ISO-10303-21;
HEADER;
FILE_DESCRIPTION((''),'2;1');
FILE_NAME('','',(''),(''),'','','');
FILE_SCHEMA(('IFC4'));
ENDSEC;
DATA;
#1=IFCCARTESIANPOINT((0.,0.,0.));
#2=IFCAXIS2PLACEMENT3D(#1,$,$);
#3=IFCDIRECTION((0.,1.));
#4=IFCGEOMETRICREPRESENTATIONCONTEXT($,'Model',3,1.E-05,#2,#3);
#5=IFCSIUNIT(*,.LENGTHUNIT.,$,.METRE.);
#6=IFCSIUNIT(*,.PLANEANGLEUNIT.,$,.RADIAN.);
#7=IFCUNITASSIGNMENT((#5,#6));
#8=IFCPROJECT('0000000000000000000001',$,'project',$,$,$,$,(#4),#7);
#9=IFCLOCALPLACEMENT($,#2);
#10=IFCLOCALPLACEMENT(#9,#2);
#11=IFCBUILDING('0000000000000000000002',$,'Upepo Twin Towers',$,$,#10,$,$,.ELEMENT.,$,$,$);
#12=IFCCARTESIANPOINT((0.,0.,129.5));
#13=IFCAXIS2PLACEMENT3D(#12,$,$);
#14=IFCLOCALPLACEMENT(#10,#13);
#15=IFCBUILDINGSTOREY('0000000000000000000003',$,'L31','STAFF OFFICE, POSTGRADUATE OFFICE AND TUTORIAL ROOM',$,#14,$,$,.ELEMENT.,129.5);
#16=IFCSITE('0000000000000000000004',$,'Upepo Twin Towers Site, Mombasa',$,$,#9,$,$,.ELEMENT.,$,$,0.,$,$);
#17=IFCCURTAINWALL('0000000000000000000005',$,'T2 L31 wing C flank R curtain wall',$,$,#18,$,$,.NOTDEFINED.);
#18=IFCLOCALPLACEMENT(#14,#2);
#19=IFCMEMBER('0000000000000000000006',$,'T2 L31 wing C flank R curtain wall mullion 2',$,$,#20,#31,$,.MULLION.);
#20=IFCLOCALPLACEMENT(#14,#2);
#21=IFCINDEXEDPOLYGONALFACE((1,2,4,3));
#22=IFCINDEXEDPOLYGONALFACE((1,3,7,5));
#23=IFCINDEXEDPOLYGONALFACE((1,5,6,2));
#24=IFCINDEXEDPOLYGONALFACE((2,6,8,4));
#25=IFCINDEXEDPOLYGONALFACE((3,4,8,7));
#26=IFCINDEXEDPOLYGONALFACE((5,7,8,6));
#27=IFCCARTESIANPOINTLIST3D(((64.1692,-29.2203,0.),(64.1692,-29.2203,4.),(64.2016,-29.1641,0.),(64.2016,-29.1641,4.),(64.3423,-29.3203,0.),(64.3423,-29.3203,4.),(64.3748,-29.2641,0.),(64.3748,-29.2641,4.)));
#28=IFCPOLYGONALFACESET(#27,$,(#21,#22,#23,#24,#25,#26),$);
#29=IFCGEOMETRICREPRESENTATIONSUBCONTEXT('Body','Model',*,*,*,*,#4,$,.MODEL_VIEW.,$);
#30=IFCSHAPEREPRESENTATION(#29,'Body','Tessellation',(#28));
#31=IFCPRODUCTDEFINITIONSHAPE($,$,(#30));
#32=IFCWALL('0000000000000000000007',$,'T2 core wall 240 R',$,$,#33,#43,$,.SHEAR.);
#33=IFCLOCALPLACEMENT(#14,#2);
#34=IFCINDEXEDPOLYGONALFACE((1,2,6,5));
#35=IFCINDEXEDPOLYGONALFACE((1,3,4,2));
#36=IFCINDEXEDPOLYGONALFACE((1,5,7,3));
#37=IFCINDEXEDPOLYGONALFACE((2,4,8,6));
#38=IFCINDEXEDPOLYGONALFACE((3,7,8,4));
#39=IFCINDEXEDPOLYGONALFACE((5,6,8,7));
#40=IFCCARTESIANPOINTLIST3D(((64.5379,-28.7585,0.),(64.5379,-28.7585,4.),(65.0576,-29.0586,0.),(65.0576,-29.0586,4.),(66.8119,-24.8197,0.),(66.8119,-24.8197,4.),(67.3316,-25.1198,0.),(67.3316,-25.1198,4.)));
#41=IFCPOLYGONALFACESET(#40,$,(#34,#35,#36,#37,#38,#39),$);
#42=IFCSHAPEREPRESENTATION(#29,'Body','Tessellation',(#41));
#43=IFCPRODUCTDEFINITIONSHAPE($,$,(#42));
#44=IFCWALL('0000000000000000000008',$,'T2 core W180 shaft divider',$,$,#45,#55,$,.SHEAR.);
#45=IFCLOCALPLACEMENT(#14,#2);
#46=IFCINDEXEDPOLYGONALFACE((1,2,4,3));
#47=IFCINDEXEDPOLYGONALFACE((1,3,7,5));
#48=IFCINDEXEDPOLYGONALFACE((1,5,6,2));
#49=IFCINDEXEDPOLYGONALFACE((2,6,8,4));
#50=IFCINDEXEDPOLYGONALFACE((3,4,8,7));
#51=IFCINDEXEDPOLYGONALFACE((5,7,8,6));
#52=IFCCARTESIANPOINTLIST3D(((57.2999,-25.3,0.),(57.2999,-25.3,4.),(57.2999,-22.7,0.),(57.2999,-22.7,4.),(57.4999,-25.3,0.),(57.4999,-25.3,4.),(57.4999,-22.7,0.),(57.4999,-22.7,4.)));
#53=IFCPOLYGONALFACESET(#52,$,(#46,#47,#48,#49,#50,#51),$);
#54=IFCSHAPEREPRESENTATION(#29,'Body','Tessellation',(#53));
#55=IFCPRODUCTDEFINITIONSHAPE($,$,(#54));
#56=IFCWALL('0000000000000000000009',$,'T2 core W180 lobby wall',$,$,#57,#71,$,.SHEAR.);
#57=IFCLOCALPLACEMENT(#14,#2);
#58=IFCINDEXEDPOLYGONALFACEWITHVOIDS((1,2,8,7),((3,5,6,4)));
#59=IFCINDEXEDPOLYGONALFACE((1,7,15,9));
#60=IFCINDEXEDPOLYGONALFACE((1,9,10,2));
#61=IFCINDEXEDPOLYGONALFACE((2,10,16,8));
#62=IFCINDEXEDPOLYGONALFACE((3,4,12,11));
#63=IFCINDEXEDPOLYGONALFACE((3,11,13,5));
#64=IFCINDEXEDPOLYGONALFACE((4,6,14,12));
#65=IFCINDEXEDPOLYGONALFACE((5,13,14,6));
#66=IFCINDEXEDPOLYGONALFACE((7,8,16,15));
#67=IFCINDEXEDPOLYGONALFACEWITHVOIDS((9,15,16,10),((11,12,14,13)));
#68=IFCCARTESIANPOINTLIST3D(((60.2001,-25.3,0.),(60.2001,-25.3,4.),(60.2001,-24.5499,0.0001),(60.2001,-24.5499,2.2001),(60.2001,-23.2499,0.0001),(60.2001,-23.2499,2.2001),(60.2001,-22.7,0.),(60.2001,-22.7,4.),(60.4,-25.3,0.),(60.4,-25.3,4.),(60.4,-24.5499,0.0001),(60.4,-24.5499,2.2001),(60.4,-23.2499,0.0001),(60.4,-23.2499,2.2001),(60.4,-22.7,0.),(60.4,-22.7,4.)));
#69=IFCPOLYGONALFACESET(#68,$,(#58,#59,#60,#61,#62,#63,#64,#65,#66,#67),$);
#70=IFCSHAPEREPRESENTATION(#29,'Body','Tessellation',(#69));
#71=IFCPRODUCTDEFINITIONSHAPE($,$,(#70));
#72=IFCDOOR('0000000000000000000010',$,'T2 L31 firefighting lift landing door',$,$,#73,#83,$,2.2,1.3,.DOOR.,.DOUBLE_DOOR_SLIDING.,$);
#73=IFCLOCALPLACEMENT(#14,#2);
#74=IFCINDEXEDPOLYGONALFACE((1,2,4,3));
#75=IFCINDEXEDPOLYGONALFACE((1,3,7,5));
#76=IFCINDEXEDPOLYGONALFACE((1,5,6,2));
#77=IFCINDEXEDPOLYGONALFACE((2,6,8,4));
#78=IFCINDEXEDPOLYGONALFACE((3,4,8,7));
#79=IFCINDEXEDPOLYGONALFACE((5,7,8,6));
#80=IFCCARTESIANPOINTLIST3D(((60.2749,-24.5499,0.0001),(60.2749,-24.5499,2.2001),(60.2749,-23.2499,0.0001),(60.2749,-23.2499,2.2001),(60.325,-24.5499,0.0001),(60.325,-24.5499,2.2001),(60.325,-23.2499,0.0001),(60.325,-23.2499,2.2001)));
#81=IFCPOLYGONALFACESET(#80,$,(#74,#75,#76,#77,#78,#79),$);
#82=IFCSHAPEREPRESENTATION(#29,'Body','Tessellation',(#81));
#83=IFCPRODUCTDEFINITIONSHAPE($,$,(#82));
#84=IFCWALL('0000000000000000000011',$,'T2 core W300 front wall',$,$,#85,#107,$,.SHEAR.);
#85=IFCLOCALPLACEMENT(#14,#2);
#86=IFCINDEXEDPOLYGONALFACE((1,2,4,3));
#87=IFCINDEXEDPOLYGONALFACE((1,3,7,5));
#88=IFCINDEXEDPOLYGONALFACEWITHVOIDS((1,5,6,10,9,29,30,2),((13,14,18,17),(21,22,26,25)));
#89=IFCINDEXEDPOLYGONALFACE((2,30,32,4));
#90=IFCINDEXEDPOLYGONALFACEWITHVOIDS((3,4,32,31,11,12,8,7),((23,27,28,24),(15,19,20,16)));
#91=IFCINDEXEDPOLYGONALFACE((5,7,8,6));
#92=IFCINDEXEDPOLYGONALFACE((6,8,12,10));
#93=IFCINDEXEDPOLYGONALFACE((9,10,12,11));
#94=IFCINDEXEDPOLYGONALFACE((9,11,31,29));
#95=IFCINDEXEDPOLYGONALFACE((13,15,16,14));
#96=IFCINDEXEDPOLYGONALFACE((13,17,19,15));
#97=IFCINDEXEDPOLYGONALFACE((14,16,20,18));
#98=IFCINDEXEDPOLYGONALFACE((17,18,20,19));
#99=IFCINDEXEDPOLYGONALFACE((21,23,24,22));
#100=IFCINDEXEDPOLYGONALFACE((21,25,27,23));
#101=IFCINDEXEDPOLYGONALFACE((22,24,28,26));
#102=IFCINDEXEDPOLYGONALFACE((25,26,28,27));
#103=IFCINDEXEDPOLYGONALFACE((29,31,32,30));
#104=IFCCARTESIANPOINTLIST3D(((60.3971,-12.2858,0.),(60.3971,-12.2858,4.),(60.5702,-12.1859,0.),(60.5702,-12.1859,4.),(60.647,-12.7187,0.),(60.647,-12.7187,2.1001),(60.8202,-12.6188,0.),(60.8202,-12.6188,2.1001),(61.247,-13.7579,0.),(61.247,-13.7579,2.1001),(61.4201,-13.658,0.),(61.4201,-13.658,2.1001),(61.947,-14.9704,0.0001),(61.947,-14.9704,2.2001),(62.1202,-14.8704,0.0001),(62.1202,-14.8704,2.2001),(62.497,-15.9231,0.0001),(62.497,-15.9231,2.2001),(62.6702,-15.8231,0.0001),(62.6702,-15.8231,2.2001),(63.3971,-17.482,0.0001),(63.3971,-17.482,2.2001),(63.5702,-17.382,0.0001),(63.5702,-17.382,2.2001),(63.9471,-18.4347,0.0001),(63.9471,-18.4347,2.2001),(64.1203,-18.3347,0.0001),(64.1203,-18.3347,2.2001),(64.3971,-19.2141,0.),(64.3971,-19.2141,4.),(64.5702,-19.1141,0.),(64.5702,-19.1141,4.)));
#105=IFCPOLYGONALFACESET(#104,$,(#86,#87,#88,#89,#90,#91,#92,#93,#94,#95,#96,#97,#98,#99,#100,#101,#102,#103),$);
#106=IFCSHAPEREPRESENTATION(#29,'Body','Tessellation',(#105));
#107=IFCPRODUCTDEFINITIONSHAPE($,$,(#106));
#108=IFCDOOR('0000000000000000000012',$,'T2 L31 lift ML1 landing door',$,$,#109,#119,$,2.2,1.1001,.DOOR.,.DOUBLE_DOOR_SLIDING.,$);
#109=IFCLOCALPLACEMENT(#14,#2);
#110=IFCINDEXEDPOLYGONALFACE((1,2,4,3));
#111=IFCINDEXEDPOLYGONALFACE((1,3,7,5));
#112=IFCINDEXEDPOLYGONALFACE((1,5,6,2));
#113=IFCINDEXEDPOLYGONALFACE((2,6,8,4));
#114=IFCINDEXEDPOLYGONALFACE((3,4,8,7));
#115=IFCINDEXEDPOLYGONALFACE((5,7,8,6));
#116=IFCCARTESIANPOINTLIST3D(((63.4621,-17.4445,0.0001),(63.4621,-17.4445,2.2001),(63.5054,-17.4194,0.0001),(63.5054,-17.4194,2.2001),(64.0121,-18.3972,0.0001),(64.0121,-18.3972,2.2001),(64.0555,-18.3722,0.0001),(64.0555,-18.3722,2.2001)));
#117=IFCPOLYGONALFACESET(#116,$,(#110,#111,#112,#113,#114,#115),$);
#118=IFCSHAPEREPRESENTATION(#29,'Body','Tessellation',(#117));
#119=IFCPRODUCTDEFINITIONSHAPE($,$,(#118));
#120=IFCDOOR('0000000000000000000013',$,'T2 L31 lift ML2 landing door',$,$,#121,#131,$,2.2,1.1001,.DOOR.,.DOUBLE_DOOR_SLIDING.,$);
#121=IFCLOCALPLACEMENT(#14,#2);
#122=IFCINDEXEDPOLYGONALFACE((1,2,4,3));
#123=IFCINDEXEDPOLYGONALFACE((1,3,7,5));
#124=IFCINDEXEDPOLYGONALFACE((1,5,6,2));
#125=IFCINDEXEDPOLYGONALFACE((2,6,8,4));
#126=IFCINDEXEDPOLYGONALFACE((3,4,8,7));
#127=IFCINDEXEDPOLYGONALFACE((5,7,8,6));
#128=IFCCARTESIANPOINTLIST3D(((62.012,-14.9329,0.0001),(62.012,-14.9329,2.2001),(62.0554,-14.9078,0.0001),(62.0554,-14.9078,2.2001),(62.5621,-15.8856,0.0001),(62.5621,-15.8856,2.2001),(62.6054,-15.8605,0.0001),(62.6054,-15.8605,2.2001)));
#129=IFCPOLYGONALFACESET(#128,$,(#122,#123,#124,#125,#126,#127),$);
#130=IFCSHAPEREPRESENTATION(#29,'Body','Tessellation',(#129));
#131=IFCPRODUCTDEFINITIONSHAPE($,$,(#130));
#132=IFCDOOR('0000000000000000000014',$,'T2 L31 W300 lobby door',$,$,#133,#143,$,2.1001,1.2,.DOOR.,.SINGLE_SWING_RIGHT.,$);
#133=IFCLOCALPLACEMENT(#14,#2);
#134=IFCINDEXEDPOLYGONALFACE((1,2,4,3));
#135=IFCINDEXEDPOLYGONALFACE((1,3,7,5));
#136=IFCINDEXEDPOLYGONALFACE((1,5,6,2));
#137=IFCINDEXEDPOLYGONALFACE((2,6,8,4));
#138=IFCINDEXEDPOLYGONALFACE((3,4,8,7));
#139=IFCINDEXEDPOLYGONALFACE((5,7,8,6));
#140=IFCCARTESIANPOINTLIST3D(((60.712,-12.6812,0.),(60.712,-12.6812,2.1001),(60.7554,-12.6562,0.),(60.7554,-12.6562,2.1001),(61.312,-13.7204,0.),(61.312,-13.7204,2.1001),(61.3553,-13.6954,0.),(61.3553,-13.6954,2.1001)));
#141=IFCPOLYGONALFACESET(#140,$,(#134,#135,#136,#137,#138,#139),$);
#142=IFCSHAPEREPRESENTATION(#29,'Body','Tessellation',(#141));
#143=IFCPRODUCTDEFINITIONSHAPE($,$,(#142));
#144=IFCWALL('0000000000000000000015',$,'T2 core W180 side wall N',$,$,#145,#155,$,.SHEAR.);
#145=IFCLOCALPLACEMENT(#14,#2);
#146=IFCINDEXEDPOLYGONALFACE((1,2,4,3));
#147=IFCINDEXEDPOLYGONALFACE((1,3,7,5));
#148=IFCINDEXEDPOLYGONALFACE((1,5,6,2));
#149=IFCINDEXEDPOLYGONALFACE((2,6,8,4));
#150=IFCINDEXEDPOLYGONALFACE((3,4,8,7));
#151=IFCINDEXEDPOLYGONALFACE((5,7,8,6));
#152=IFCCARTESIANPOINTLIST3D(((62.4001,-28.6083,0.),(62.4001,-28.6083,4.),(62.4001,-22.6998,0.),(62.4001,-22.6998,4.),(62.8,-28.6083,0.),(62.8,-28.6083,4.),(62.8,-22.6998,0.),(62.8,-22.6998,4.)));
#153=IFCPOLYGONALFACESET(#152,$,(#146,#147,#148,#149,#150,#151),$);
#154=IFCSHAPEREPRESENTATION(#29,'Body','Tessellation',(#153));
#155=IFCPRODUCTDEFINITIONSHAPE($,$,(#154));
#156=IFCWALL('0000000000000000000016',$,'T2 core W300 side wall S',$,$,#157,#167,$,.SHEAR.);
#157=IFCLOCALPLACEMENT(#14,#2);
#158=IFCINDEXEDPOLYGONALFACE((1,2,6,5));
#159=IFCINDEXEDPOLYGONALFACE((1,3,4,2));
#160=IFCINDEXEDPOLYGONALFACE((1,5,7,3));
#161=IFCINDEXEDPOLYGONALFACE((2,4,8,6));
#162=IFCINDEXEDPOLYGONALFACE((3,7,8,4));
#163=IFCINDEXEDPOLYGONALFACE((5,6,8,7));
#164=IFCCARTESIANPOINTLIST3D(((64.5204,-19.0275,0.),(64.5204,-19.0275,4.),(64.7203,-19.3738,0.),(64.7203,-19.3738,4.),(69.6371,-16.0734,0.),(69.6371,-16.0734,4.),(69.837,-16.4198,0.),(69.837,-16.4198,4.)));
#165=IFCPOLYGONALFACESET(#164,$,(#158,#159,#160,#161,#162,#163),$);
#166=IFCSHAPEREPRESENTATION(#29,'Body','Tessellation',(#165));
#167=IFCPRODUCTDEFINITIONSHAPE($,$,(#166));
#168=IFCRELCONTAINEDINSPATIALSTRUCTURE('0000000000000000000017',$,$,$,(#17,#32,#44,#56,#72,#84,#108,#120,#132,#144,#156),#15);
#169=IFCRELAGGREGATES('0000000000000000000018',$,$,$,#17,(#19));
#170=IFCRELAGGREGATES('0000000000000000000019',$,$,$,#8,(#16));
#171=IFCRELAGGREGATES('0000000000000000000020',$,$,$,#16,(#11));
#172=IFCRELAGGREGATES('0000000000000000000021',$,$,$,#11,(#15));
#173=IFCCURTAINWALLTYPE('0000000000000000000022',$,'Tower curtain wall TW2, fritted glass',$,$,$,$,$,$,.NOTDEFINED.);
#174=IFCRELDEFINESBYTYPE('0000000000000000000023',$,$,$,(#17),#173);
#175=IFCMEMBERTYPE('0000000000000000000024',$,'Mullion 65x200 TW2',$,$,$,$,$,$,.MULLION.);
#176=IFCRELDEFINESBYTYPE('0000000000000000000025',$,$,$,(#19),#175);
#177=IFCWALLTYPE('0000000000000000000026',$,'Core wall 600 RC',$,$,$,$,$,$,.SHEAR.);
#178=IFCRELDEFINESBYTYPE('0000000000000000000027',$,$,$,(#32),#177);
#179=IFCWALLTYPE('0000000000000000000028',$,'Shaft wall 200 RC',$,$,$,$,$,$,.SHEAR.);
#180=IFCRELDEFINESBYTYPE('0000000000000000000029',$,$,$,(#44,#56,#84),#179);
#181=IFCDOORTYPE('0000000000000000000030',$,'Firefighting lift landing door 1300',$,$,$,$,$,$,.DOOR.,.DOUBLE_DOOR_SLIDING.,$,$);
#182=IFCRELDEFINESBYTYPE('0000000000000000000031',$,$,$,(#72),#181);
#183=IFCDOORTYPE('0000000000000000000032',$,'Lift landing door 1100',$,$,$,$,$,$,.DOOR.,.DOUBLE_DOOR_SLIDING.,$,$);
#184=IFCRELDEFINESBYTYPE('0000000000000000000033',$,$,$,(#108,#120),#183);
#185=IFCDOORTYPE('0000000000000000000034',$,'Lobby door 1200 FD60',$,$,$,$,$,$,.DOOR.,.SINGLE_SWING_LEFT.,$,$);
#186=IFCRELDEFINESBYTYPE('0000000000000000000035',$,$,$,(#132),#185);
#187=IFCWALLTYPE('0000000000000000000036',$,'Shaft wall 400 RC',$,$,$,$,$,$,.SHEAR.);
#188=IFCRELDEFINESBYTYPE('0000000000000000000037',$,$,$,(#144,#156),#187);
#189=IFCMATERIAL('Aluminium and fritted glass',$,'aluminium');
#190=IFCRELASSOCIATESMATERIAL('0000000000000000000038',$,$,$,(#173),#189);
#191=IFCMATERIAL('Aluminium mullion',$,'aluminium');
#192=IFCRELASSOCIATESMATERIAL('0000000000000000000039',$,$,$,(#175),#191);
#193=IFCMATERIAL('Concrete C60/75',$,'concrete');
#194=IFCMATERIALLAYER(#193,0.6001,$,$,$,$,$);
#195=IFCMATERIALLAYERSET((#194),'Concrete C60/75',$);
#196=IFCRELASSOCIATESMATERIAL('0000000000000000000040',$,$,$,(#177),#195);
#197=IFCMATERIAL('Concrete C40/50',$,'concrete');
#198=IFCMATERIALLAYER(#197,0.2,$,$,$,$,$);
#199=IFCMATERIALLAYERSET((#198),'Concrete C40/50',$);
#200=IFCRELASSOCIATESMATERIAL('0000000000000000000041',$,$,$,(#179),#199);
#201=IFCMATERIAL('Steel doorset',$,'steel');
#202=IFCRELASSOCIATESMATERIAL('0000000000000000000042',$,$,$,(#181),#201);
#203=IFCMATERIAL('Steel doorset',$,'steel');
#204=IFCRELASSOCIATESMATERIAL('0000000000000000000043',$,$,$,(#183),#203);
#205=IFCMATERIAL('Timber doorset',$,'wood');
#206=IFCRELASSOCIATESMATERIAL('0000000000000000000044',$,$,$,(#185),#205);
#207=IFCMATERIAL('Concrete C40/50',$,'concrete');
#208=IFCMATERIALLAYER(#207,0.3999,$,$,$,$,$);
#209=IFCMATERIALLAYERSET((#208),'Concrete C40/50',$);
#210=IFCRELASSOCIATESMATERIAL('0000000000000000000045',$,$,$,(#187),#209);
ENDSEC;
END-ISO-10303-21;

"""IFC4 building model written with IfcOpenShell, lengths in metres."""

from ifc_helpers import new_model, si_unit, direction, frame, frame_2d, origin, origin_2d, place, context, subcontext, project, spatial, rectangle, extrude, material, layer, layer_set, material_profile, profile_set, type_object, element, fill, aggregate, save


model = new_model("IFC4")

# Units and contexts
model_context = context("Model", 3, precision=1e-05, world=origin(), true_north=direction((0.0, 1.0)))
body_context = subcontext(model_context, "Body", "Model", "MODEL_VIEW")
ifc_project = project(units=[si_unit("LENGTHUNIT", "METRE"), si_unit("PLANEANGLEUNIT", "RADIAN")], contexts=[model_context])

# Site, building, storey
site_placement = place(None, origin())
site = spatial("IfcSite", under=ifc_project, at=site_placement, Name="Upepo Twin Towers Site, Mombasa", CompositionType="ELEMENT", RefElevation=0.0)
building_placement = place(site_placement, origin())
building = spatial("IfcBuilding", under=site, at=building_placement, Name="Upepo Twin Towers", CompositionType="ELEMENT")
storey_placement = place(building_placement, frame((0.0, 0.0, 129.5)))
storey = spatial("IfcBuildingStorey", under=building, at=storey_placement, Name="L31", Description="STAFF OFFICE, POSTGRADUATE OFFICE AND TUTORIAL ROOM", CompositionType="ELEMENT", Elevation=129.5)

# Curtain wall, member
ifc_material_1 = material(Name="Aluminium and fritted glass", Category="aluminium")
curtain_wall_type = type_object("IfcCurtainWallType", Name="Tower curtain wall TW2, fritted glass", PredefinedType="NOTDEFINED", material=ifc_material_1)
curtain_wall_placement = place(storey_placement, origin())
curtain_wall = element("IfcCurtainWall", 1, at=curtain_wall_placement, inside=storey, type_object=curtain_wall_type, Name="T2 L31 wing C flank R curtain wall", PredefinedType="NOTDEFINED")
ifc_material_2 = material(Name="Aluminium mullion", Category="aluminium")
ifc_material_profile = material_profile(ifc_material_2, rectangle(XDim=0.0649, YDim=0.2, at=origin_2d()), Name="MULLION 65x200")
ifc_profile_set = profile_set([ifc_material_profile], Name="Aluminium mullion")
member_type = type_object("IfcMemberType", Name="Mullion 65x200 TW2", PredefinedType="MULLION", material=ifc_profile_set)
member_placement = place(storey_placement, frame((64.272, -29.2422, 0.0), z_axis=(0.0, 0.0, 1.0), x_axis=(-0.5, -0.866025, 0.0)))
member = element("IfcMember", 2, at=member_placement, type_object=member_type, Name="T2 L31 wing C flank R curtain wall mullion 2", PredefinedType="MULLION", context=body_context, shape_type="SweptSolid", body=[
    extrude(rectangle(XDim=0.0649, YDim=0.2, at=origin_2d()), origin(), (0.0, 0.0, 1.0), 4.0),
])
aggregate(curtain_wall, [member])

# Walls
ifc_material_3 = material(Name="Concrete C60/75", Category="concrete")
ifc_layer_1 = layer(ifc_material_3, 0.6001)
ifc_layer_set_1 = layer_set([ifc_layer_1], Name="Concrete C60/75")
wall_type_1 = type_object("IfcWallType", Name="Core wall 600 RC", PredefinedType="SHEAR", material=ifc_layer_set_1)
wall_1_placement = place(storey_placement, frame((64.7979, -28.9084, 0.0), z_axis=(0.0, 0.0, 1.0), x_axis=(0.499984, 0.866035, 0.0)))
element("IfcWall", 3, at=wall_1_placement, inside=storey, type_object=wall_type_1, Name="T2 core wall 240 R", PredefinedType="SHEAR", context=body_context, shape_type="SweptSolid", body=[
    extrude(rectangle(XDim=4.5481, YDim=0.6001, at=frame_2d((2.2739, 0.0))), origin(), (0.0, 0.0, 1.0), 4.0),
])
ifc_material_4 = material(Name="Concrete C40/50", Category="concrete")
ifc_layer_2 = layer(ifc_material_4, 0.2)
ifc_layer_set_2 = layer_set([ifc_layer_2], Name="Concrete C40/50")
wall_type_2 = type_object("IfcWallType", Name="Shaft wall 200 RC", PredefinedType="SHEAR", material=ifc_layer_set_2)
wall_2_placement = place(storey_placement, frame((57.3999, -22.7, 0.0), z_axis=(0.0, 0.0, 1.0), x_axis=(0.0, -1.0, 0.0)))
element("IfcWall", 4, at=wall_2_placement, inside=storey, type_object=wall_type_2, Name="T2 core W180 shaft divider", PredefinedType="SHEAR", context=body_context, shape_type="SweptSolid", body=[
    extrude(rectangle(XDim=2.6001, YDim=0.2, at=frame_2d((1.3, 0.0))), origin(), (0.0, 0.0, 1.0), 4.0),
])

# Wall, opening, door
wall_3_placement = place(storey_placement, frame((60.3, -22.7, 0.0), z_axis=(0.0, 0.0, 1.0), x_axis=(0.0, -1.0, 0.0)))
wall_3 = element("IfcWall", 5, at=wall_3_placement, inside=storey, type_object=wall_type_2, Name="T2 core W180 lobby wall", PredefinedType="SHEAR", context=body_context, shape_type="SweptSolid", body=[
    extrude(rectangle(XDim=2.6001, YDim=0.2, at=frame_2d((1.3, 0.0))), origin(), (0.0, 0.0, 1.0), 4.0),
])
opening_1_placement = place(wall_3_placement, frame((0.55, 0.0, 0.0)))
opening_1 = element("IfcOpeningElement", 6, at=opening_1_placement, cuts=wall_3, PredefinedType="OPENING", context=body_context, shape_type="SweptSolid", body=[
    extrude(rectangle(XDim=1.3, YDim=2.2, at=frame_2d((0.6499, 1.1001))), frame((0.0, 0.1099, 0.0), z_axis=(0.0, -1.0, 0.0), x_axis=(1.0, 0.0, 0.0)), (0.0, 0.0, 1.0), 0.22),
])
ifc_material_5 = material(Name="Steel doorset", Category="steel")
door_type_1 = type_object("IfcDoorType", Name="Firefighting lift landing door 1300", OperationType="DOUBLE_DOOR_SLIDING", PredefinedType="DOOR", material=ifc_material_5)
door_1_placement = place(opening_1_placement, origin())
door_1 = element("IfcDoor", 7, at=door_1_placement, inside=storey, type_object=door_type_1, Name="T2 L31 firefighting lift landing door", OperationType="DOUBLE_DOOR_SLIDING", OverallHeight=2.2, OverallWidth=1.3, PredefinedType="DOOR", context=body_context, shape_type="SweptSolid", body=[
    extrude(rectangle(XDim=1.3, YDim=2.2, at=frame_2d((0.6499, 1.1001))), frame((0.0, 0.0249, 0.0), z_axis=(0.0, -1.0, 0.0), x_axis=(1.0, 0.0, 0.0)), (0.0, 0.0, 1.0), 0.05),
])
fill(opening_1, door_1)

# Wall, openings, doors
wall_4_placement = place(storey_placement, frame((64.4836, -19.1641, 0.0), z_axis=(0.0, 0.0, 1.0), x_axis=(-0.499999, 0.866026, 0.0)))
wall_4 = element("IfcWall", 8, at=wall_4_placement, inside=storey, type_object=wall_type_2, Name="T2 core W300 front wall", PredefinedType="SHEAR", context=body_context, shape_type="SweptSolid", body=[
    extrude(rectangle(XDim=8.0, YDim=0.2, at=frame_2d((4.0, 0.0))), origin(), (0.0, 0.0, 1.0), 4.0),
])
opening_2_placement = place(wall_4_placement, frame((6.3, 0.0, 0.0)))
opening_2 = element("IfcOpeningElement", 9, at=opening_2_placement, cuts=wall_4, PredefinedType="OPENING", context=body_context, shape_type="SweptSolid", body=[
    extrude(rectangle(XDim=1.2, YDim=2.1001, at=frame_2d((0.6001, 1.05))), frame((0.0, 0.1099, 0.0), z_axis=(0.0, -1.0, 0.0), x_axis=(1.0, 0.0, 0.0)), (0.0, 0.0, 1.0), 0.22),
])
opening_3_placement = place(wall_4_placement, frame((0.8999, 0.0, 0.0)))
opening_3 = element("IfcOpeningElement", 10, at=opening_3_placement, cuts=wall_4, PredefinedType="OPENING", context=body_context, shape_type="SweptSolid", body=[
    extrude(rectangle(XDim=1.1001, YDim=2.2, at=frame_2d((0.55, 1.1001))), frame((0.0, 0.1099, 0.0), z_axis=(0.0, -1.0, 0.0), x_axis=(1.0, 0.0, 0.0)), (0.0, 0.0, 1.0), 0.22),
])
opening_4_placement = place(wall_4_placement, frame((3.8, 0.0, 0.0)))
opening_4 = element("IfcOpeningElement", 11, at=opening_4_placement, cuts=wall_4, PredefinedType="OPENING", context=body_context, shape_type="SweptSolid", body=[
    extrude(rectangle(XDim=1.1001, YDim=2.2, at=frame_2d((0.55, 1.1001))), frame((0.0, 0.1099, 0.0), z_axis=(0.0, -1.0, 0.0), x_axis=(1.0, 0.0, 0.0)), (0.0, 0.0, 1.0), 0.22),
])
ifc_material_6 = material(Name="Steel doorset", Category="steel")
door_type_2 = type_object("IfcDoorType", Name="Lift landing door 1100", OperationType="DOUBLE_DOOR_SLIDING", PredefinedType="DOOR", material=ifc_material_6)
door_2_placement = place(opening_3_placement, origin())
door_2 = element("IfcDoor", 12, at=door_2_placement, inside=storey, type_object=door_type_2, Name="T2 L31 lift ML1 landing door", OperationType="DOUBLE_DOOR_SLIDING", OverallHeight=2.2, OverallWidth=1.1001, PredefinedType="DOOR", context=body_context, shape_type="SweptSolid", body=[
    extrude(rectangle(XDim=1.1001, YDim=2.2, at=frame_2d((0.55, 1.1001))), frame((0.0, 0.0249, 0.0), z_axis=(0.0, -1.0, 0.0), x_axis=(1.0, 0.0, 0.0)), (0.0, 0.0, 1.0), 0.05),
])
fill(opening_3, door_2)
door_3_placement = place(opening_4_placement, origin())
door_3 = element("IfcDoor", 13, at=door_3_placement, inside=storey, type_object=door_type_2, Name="T2 L31 lift ML2 landing door", OperationType="DOUBLE_DOOR_SLIDING", OverallHeight=2.2, OverallWidth=1.1001, PredefinedType="DOOR", context=body_context, shape_type="SweptSolid", body=[
    extrude(rectangle(XDim=1.1001, YDim=2.2, at=frame_2d((0.55, 1.1001))), frame((0.0, 0.0249, 0.0), z_axis=(0.0, -1.0, 0.0), x_axis=(1.0, 0.0, 0.0)), (0.0, 0.0, 1.0), 0.05),
])
fill(opening_4, door_3)
ifc_material_7 = material(Name="Timber doorset", Category="wood")
door_type_3 = type_object("IfcDoorType", Name="Lobby door 1200 FD60", OperationType="SINGLE_SWING_LEFT", PredefinedType="DOOR", material=ifc_material_7)
door_4_placement = place(opening_2_placement, origin())
door_4 = element("IfcDoor", 14, at=door_4_placement, inside=storey, type_object=door_type_3, Name="T2 L31 W300 lobby door", OperationType="SINGLE_SWING_RIGHT", OverallHeight=2.1001, OverallWidth=1.2, PredefinedType="DOOR", context=body_context, shape_type="SweptSolid", body=[
    extrude(rectangle(XDim=1.2, YDim=2.1001, at=frame_2d((0.6001, 1.05))), frame((0.0, 0.0249, 0.0), z_axis=(0.0, -1.0, 0.0), x_axis=(1.0, 0.0, 0.0)), (0.0, 0.0, 1.0), 0.05),
])
fill(opening_2, door_4)

# Walls
ifc_material_8 = material(Name="Concrete C40/50", Category="concrete")
ifc_layer_3 = layer(ifc_material_8, 0.3999)
ifc_layer_set_3 = layer_set([ifc_layer_3], Name="Concrete C40/50")
wall_type_3 = type_object("IfcWallType", Name="Shaft wall 400 RC", PredefinedType="SHEAR", material=ifc_layer_set_3)
wall_5_placement = place(storey_placement, frame((62.6001, -22.7, 0.0), z_axis=(0.0, 0.0, 1.0), x_axis=(0.0, -1.0, 0.0)))
element("IfcWall", 15, at=wall_5_placement, inside=storey, type_object=wall_type_3, Name="T2 core W180 side wall N", PredefinedType="SHEAR", context=body_context, shape_type="SweptSolid", body=[
    extrude(rectangle(XDim=5.9084, YDim=0.3999, at=frame_2d((2.9541, 0.0))), origin(), (0.0, 0.0, 1.0), 4.0),
])
wall_6_placement = place(storey_placement, frame((64.6204, -19.2007, 0.0), z_axis=(0.0, 0.0, 1.0), x_axis=(0.866027, 0.499997, 0.0)))
element("IfcWall", 16, at=wall_6_placement, inside=storey, type_object=wall_type_3, Name="T2 core W300 side wall S", PredefinedType="SHEAR", context=body_context, shape_type="SweptSolid", body=[
    extrude(rectangle(XDim=5.9082, YDim=0.3999, at=frame_2d((2.9541, 0.0))), origin(), (0.0, 0.0, 1.0), 4.0),
])

save(model, "model.ifc")
